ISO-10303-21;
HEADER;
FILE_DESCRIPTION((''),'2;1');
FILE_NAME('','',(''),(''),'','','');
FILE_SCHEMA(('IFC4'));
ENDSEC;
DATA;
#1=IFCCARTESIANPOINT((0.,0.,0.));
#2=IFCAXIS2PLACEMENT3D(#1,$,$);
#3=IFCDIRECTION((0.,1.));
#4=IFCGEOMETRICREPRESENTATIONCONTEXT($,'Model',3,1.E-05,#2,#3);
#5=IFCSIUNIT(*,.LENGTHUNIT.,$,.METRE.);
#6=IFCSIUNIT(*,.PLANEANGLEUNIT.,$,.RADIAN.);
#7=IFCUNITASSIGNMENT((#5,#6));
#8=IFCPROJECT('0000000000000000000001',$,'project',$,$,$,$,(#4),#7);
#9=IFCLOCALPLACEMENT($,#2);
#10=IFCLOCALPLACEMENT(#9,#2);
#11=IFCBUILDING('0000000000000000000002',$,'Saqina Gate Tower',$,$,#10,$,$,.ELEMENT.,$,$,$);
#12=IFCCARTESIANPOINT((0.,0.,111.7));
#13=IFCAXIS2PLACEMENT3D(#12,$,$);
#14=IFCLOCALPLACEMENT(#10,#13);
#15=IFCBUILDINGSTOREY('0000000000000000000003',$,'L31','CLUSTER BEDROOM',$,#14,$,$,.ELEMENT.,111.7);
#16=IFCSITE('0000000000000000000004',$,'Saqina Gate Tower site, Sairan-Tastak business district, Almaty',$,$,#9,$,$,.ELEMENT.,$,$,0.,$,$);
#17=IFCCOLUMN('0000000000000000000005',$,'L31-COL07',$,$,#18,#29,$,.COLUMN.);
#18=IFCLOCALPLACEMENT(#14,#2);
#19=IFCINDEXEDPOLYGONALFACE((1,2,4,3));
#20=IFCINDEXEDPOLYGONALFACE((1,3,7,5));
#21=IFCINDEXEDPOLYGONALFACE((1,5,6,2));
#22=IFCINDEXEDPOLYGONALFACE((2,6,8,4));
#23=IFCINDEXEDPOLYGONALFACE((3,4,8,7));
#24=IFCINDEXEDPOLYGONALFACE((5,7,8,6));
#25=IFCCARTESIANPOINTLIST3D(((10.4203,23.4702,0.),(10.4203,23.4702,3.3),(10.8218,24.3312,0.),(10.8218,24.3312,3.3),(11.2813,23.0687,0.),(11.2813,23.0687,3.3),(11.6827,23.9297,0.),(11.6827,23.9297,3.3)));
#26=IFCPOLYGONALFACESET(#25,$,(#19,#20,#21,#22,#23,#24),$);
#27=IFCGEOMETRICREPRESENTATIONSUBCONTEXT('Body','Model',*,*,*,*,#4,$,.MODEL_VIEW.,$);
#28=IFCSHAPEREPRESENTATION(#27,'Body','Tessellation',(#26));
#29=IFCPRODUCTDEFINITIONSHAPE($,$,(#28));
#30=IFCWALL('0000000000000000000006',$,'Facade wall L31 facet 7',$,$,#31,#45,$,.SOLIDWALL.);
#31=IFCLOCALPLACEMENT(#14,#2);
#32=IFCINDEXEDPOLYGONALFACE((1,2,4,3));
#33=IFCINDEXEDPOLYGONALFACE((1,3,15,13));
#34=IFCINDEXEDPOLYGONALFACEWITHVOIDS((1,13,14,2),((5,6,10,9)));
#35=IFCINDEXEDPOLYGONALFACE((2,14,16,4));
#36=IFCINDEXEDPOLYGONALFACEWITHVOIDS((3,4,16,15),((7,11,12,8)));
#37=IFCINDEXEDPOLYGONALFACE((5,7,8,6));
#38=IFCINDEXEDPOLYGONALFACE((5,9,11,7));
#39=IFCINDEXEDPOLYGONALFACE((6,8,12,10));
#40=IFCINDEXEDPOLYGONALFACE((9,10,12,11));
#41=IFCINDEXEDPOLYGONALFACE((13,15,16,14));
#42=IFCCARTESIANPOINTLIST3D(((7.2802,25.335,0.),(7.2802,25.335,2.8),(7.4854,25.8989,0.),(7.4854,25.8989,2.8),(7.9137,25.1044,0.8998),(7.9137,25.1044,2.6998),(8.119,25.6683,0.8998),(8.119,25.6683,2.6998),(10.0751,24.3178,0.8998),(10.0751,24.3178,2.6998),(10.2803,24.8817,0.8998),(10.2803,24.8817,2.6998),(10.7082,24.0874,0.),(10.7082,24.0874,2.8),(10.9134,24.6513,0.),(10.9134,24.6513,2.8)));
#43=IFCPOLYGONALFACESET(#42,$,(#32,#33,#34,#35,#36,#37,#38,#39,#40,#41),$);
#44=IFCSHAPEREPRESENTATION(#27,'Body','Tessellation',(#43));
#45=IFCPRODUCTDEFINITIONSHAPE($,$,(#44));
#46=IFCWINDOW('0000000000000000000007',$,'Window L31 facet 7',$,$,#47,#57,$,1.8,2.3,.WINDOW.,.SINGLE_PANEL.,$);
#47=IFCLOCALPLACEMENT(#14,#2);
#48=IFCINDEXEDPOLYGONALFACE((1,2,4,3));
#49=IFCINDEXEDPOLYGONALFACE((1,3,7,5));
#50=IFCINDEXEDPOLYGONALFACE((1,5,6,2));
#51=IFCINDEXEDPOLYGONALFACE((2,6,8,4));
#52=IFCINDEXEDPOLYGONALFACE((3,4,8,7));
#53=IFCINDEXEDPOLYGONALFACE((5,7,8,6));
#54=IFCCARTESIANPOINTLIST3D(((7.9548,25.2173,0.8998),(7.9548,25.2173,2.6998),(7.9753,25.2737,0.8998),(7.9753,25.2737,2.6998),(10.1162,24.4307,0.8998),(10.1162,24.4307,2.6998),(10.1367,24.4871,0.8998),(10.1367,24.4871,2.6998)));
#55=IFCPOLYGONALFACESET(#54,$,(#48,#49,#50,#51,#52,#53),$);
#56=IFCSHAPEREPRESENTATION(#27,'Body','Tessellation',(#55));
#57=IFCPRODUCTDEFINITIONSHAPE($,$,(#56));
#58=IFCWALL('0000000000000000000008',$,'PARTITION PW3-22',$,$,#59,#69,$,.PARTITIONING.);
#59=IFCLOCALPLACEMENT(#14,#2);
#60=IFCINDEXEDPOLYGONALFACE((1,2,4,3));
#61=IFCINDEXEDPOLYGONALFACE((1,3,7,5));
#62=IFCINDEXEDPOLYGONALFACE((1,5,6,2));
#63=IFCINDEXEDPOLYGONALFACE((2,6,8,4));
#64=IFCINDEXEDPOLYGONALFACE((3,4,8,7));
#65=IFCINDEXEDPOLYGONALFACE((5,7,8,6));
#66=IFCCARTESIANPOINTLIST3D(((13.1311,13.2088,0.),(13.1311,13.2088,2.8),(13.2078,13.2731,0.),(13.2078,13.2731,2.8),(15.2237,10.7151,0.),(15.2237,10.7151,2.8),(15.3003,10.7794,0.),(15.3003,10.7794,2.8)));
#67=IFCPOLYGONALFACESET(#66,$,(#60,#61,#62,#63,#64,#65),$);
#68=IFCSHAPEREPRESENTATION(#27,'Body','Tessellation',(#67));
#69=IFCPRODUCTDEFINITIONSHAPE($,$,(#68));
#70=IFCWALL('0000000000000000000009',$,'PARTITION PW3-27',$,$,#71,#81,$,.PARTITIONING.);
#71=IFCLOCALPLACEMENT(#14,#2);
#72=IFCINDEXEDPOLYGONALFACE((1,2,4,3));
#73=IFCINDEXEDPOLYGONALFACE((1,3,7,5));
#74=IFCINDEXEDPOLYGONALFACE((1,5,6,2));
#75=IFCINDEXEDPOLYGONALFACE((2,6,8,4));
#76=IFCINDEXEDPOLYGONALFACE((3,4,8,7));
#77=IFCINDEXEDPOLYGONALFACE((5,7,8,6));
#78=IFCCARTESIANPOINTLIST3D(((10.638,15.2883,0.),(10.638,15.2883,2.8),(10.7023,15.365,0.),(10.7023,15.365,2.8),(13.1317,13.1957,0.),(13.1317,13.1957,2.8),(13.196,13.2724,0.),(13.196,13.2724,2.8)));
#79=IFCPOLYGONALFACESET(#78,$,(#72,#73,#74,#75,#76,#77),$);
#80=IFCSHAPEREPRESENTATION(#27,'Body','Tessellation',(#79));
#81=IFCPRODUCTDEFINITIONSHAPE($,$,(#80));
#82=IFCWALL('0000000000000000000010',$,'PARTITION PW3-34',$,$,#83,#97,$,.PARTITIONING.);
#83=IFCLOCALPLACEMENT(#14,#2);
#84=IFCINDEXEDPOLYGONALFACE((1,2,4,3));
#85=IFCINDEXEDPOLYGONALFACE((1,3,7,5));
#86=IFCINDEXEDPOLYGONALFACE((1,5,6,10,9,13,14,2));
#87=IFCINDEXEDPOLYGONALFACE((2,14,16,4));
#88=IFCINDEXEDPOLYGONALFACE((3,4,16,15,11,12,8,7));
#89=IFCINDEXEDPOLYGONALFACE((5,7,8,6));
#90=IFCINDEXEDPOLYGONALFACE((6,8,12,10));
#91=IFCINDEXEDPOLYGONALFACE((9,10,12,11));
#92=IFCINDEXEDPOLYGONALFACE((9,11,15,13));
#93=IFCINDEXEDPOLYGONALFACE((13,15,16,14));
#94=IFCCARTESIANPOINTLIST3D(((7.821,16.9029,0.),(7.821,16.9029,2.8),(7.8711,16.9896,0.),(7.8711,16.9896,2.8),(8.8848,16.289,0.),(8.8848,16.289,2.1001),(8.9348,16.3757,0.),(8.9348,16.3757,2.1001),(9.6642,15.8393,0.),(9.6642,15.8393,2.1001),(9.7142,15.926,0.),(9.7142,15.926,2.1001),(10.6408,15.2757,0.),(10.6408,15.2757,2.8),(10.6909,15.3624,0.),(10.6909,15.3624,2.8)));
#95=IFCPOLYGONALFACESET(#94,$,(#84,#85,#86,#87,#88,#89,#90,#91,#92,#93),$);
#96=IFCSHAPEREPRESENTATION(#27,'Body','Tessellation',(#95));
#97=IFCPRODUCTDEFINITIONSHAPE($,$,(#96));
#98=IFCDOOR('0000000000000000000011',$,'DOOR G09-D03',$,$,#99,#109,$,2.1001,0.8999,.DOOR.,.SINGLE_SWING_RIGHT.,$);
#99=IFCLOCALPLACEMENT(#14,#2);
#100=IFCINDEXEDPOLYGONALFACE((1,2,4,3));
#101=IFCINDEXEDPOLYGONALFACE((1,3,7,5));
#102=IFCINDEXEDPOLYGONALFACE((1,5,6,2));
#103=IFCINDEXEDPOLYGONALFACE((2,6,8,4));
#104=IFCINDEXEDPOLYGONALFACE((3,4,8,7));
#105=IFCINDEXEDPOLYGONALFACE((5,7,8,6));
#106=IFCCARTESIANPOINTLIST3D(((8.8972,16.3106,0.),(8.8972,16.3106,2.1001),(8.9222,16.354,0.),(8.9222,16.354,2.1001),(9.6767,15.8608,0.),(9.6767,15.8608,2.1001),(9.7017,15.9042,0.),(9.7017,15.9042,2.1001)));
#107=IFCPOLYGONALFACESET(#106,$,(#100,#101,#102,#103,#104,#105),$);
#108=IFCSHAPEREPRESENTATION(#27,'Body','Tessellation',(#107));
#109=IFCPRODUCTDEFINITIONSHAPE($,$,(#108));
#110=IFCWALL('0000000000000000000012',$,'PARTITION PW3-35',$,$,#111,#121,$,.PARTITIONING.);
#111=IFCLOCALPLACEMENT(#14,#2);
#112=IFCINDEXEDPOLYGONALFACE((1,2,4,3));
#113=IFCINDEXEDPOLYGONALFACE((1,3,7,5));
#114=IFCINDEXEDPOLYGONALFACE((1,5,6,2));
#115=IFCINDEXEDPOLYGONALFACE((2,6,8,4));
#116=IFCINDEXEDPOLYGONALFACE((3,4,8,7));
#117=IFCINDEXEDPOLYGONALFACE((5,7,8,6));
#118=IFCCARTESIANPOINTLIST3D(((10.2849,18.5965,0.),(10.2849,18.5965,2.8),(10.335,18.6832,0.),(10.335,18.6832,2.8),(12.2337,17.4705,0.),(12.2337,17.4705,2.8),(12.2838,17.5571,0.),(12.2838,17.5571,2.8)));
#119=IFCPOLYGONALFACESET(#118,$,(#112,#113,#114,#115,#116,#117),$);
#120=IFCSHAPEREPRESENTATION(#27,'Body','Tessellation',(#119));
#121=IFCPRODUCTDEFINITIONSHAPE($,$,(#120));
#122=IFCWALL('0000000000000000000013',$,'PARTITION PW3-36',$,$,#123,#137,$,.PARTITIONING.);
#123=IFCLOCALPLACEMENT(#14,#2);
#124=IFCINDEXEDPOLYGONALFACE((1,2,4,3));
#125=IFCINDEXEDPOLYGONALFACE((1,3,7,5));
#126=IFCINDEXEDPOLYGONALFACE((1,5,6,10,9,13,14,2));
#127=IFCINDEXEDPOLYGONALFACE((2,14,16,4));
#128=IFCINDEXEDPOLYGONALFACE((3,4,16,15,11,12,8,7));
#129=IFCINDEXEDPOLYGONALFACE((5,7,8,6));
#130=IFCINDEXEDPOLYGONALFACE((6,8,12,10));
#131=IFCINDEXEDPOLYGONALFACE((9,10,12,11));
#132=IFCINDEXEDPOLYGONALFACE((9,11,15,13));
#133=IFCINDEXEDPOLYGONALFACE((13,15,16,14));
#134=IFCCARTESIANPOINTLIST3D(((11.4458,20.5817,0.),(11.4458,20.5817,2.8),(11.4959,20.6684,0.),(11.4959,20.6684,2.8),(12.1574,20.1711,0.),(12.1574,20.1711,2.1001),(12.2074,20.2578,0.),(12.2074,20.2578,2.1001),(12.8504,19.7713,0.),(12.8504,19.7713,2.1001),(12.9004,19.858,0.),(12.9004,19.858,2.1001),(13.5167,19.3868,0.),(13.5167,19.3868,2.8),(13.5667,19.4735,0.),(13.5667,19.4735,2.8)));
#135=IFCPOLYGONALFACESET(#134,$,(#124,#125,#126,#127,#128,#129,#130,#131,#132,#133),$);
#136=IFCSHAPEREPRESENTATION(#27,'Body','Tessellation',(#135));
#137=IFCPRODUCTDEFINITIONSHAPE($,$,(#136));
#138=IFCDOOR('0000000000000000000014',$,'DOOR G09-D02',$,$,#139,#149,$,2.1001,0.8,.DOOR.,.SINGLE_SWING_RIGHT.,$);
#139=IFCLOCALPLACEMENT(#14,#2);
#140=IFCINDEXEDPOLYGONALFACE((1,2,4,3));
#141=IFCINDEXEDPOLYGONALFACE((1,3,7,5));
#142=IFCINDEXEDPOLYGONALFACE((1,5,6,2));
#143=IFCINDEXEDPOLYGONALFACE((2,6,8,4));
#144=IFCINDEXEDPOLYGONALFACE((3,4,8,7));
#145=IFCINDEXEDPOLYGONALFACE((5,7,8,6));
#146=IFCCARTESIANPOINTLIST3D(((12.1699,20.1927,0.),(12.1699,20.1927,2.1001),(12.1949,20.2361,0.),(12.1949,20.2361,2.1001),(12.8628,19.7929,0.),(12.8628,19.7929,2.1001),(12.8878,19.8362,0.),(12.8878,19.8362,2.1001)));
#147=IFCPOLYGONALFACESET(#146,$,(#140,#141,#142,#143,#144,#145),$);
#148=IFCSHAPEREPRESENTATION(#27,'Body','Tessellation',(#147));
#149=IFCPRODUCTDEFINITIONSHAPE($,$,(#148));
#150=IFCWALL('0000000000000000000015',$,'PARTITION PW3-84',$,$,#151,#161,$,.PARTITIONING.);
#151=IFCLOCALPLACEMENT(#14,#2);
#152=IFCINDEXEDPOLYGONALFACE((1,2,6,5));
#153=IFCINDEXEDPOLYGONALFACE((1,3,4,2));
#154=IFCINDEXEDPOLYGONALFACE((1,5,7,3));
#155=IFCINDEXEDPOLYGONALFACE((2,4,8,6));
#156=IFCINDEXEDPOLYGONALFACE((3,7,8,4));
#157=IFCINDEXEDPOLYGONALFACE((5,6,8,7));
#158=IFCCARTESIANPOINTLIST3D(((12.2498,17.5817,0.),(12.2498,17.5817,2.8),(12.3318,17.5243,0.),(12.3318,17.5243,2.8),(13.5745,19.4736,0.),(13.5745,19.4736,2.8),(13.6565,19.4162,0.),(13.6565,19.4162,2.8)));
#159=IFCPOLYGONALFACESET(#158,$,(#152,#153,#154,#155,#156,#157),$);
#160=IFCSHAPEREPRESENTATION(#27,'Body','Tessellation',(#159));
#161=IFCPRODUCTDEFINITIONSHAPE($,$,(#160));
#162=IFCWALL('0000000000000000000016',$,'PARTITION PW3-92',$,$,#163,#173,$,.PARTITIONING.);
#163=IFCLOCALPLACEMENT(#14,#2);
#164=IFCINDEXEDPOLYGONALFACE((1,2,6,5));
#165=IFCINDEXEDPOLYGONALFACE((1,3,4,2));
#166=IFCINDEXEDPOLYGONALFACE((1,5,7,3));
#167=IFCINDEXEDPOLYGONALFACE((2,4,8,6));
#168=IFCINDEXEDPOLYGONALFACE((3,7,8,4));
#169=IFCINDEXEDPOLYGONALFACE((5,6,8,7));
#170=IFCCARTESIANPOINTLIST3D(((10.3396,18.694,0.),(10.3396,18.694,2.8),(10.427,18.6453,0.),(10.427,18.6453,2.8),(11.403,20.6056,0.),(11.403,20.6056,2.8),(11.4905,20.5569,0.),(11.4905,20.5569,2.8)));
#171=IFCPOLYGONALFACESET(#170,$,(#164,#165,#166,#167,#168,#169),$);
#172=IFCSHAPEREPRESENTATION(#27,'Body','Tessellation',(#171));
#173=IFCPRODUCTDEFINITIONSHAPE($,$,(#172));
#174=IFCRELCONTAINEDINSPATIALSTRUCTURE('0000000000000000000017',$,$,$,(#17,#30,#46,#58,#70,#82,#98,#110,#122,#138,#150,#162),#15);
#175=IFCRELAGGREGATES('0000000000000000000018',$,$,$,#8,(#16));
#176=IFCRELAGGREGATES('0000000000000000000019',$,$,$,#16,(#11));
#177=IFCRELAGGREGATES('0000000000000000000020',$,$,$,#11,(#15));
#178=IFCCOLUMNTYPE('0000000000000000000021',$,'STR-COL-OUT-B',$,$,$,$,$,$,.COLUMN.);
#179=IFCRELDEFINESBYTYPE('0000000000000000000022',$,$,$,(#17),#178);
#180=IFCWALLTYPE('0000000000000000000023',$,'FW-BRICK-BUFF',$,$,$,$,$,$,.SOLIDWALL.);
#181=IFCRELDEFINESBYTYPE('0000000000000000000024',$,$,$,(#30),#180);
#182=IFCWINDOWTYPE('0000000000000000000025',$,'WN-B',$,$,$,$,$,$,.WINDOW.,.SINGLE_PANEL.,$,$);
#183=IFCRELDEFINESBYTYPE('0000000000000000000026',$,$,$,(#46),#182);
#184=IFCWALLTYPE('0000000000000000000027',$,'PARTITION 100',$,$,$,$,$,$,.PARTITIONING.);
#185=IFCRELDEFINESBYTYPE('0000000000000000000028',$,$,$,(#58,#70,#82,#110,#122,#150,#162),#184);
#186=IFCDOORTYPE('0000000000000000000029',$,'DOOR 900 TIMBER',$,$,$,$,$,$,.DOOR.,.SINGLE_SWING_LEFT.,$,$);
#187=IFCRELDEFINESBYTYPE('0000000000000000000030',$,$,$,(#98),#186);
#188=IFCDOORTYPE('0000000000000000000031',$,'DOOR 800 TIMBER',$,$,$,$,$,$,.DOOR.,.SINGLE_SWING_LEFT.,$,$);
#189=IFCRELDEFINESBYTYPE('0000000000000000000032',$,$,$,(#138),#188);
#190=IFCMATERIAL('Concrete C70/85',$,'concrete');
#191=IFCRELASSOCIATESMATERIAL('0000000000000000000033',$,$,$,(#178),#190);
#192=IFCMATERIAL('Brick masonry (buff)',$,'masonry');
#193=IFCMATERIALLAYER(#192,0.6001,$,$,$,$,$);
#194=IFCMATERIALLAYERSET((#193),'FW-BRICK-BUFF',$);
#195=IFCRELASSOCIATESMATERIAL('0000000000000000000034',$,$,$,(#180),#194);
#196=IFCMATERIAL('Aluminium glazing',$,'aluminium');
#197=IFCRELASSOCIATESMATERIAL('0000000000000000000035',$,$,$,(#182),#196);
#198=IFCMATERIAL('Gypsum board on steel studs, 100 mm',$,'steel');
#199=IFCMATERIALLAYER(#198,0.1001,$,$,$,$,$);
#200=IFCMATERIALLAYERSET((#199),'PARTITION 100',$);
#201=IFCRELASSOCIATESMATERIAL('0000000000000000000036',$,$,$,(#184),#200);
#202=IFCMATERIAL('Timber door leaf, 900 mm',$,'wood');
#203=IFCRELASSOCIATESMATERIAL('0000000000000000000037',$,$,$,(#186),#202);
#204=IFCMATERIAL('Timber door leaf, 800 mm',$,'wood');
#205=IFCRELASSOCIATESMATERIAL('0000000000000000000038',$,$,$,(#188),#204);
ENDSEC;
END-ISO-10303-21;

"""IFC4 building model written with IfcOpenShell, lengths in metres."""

from ifc_helpers import new_model, si_unit, direction, frame, frame_2d, origin, origin_2d, place, context, subcontext, project, spatial, rectangle, extrude, material, layer, layer_set, material_profile, profile_set, type_object, element, fill, save


model = new_model("IFC4")

# Units and contexts
model_context = context("Model", 3, precision=1e-05, world=origin(), true_north=direction((0.0, 1.0)))
body_context = subcontext(model_context, "Body", "Model", "MODEL_VIEW")
ifc_project = project(units=[si_unit("LENGTHUNIT", "METRE"), si_unit("PLANEANGLEUNIT", "RADIAN")], contexts=[model_context])

# Site, building, storey
site_placement = place(None, origin())
site = spatial("IfcSite", under=ifc_project, at=site_placement, Name="Saqina Gate Tower site, Sairan-Tastak business district, Almaty", CompositionType="ELEMENT", RefElevation=0.0)
building_placement = place(site_placement, origin())
building = spatial("IfcBuilding", under=site, at=building_placement, Name="Saqina Gate Tower", CompositionType="ELEMENT")
storey_placement = place(building_placement, frame((0.0, 0.0, 111.7)))
storey = spatial("IfcBuildingStorey", under=building, at=storey_placement, Name="L31", Description="CLUSTER BEDROOM", CompositionType="ELEMENT", Elevation=111.7)

# Column
ifc_material_1 = material(Name="Concrete C70/85", Category="concrete")
ifc_material_profile = material_profile(ifc_material_1, rectangle(XDim=0.95, YDim=0.95, at=origin_2d()), Name="RC 950x950")
ifc_profile_set = profile_set([ifc_material_profile], Name="Concrete C70/85")
column_type = type_object("IfcColumnType", Name="STR-COL-OUT-B", PredefinedType="COLUMN", material=ifc_profile_set)
column_placement = place(storey_placement, frame((11.0515, 23.7, 0.0), z_axis=(0.0, 0.0, 1.0), x_axis=(0.422618, 0.906308, 0.0)))
element("IfcColumn", 1, at=column_placement, inside=storey, type_object=column_type, Name="L31-COL07", PredefinedType="COLUMN", context=body_context, shape_type="SweptSolid", body=[
    extrude(rectangle(XDim=0.95, YDim=0.95, at=origin_2d()), origin(), (0.0, 0.0, 1.0), 3.3),
])

# Wall, opening, window
ifc_material_2 = material(Name="Brick masonry (buff)", Category="masonry")
ifc_layer_1 = layer(ifc_material_2, 0.6001)
ifc_layer_set_1 = layer_set([ifc_layer_1], Name="FW-BRICK-BUFF")
wall_type_1 = type_object("IfcWallType", Name="FW-BRICK-BUFF", PredefinedType="SOLIDWALL", material=ifc_layer_set_1)
wall_1_placement = place(storey_placement, frame((10.8108, 24.3694, 0.0), z_axis=(0.0, 0.0, 1.0), x_axis=(-0.939704, 0.34199, 0.0)))
wall_1 = element("IfcWall", 2, at=wall_1_placement, inside=storey, type_object=wall_type_1, Name="Facade wall L31 facet 7", PredefinedType="SOLIDWALL", context=body_context, shape_type="SweptSolid", body=[
    extrude(rectangle(XDim=3.6479, YDim=0.6001, at=frame_2d((1.824, 0.0))), origin(), (0.0, 0.0, 1.0), 2.8),
])
opening_1_placement = place(wall_1_placement, frame((0.6738, 0.0, 0.8999)))
opening_1 = element("IfcOpeningElement", 3, at=opening_1_placement, cuts=wall_1, PredefinedType="OPENING", context=body_context, shape_type="SweptSolid", body=[
    extrude(rectangle(XDim=2.3, YDim=1.8, at=frame_2d((1.1499, 0.8999))), frame((0.0, 0.312, 0.0), z_axis=(0.0, -1.0, 0.0), x_axis=(1.0, 0.0, 0.0)), (0.0, 0.0, 1.0), 0.624),
])
ifc_material_3 = material(Name="Aluminium glazing", Category="aluminium")
window_type = type_object("IfcWindowType", Name="WN-B", PartitioningType="SINGLE_PANEL", PredefinedType="WINDOW", material=ifc_material_3)
window_placement = place(opening_1_placement, origin())
window = element("IfcWindow", 4, at=window_placement, inside=storey, type_object=window_type, Name="Window L31 facet 7", OverallHeight=1.8, OverallWidth=2.3, PartitioningType="SINGLE_PANEL", PredefinedType="WINDOW", context=body_context, shape_type="SweptSolid", body=[
    extrude(rectangle(XDim=2.3, YDim=1.8, at=frame_2d((1.1499, 0.8999))), frame((0.0, 0.1799, 0.0), z_axis=(0.0, -1.0, 0.0), x_axis=(1.0, 0.0, 0.0)), (0.0, 0.0, 1.0), 0.0601),
])
fill(opening_1, window)

# Walls
ifc_material_4 = material(Name="Gypsum board on steel studs, 100 mm", Category="steel")
ifc_layer_2 = layer(ifc_material_4, 0.1001)
ifc_layer_set_2 = layer_set([ifc_layer_2], Name="PARTITION 100")
wall_type_2 = type_object("IfcWallType", Name="PARTITION 100", PredefinedType="PARTITIONING", material=ifc_layer_set_2)
for number, where, z_axis, x_axis, name in (
    (5, (13.1694, 13.241, 0.0), (0.0, 0.0, 1.0), (0.642807, -0.766028, 0.0), "PARTITION PW3-22"),
    (6, (10.6702, 15.3267, 0.0), (0.0, 0.0, 1.0), (0.766028, -0.642807, 0.0), "PARTITION PW3-27"),
):
    element("IfcWall", number, at=place(storey_placement, frame(where, z_axis=z_axis, x_axis=x_axis)), inside=storey, type_object=wall_type_2, Name=name, PredefinedType="PARTITIONING", context=body_context, shape_type="SweptSolid", body=[
        extrude(rectangle(XDim=3.2554, YDim=0.1001, at=frame_2d((1.6277, 0.0))), origin(), (0.0, 0.0, 1.0), 2.8),
    ])

# Wall, opening, door
wall_2_placement = place(storey_placement, frame((7.8459, 16.9463, 0.0), z_axis=(0.0, 0.0, 1.0), x_axis=(0.866136, -0.499809, 0.0)))
wall_2 = element("IfcWall", 7, at=wall_2_placement, inside=storey, type_object=wall_type_2, Name="PARTITION PW3-34", PredefinedType="PARTITIONING", context=body_context, shape_type="SweptSolid", body=[
    extrude(rectangle(XDim=3.2556, YDim=0.1001, at=frame_2d((1.6279, 0.0))), origin(), (0.0, 0.0, 1.0), 2.8),
])
opening_2_placement = place(wall_2_placement, frame((1.2283, 0.0, 0.0)))
opening_2 = element("IfcOpeningElement", 8, at=opening_2_placement, cuts=wall_2, PredefinedType="OPENING", context=body_context, shape_type="SweptSolid", body=[
    extrude(rectangle(XDim=0.8999, YDim=2.1001, at=frame_2d((0.45, 1.05))), frame((0.0, 0.062, 0.0), z_axis=(0.0, -1.0, 0.0), x_axis=(1.0, 0.0, 0.0)), (0.0, 0.0, 1.0), 0.124),
])
ifc_material_5 = material(Name="Timber door leaf, 900 mm", Category="wood")
door_type_1 = type_object("IfcDoorType", Name="DOOR 900 TIMBER", OperationType="SINGLE_SWING_LEFT", PredefinedType="DOOR", material=ifc_material_5)
door_1_placement = place(opening_2_placement, origin())
door_1 = element("IfcDoor", 9, at=door_1_placement, inside=storey, type_object=door_type_1, Name="DOOR G09-D03", OperationType="SINGLE_SWING_RIGHT", OverallHeight=2.1001, OverallWidth=0.8999, PredefinedType="DOOR", context=body_context, shape_type="SweptSolid", body=[
    extrude(rectangle(XDim=0.8999, YDim=2.1001, at=frame_2d((0.45, 1.05))), frame((0.0, 0.0249, 0.0), z_axis=(0.0, -1.0, 0.0), x_axis=(1.0, 0.0, 0.0)), (0.0, 0.0, 1.0), 0.05),
])
fill(opening_2, door_1)

# Wall
wall_3_placement = place(storey_placement, frame((10.3098, 18.6399, 0.0), z_axis=(0.0, 0.0, 1.0), x_axis=(0.865857, -0.500292, 0.0)))
element("IfcWall", 10, at=wall_3_placement, inside=storey, type_object=wall_type_2, Name="PARTITION PW3-35", PredefinedType="PARTITIONING", context=body_context, shape_type="SweptSolid", body=[
    extrude(rectangle(XDim=2.2507, YDim=0.1001, at=frame_2d((1.1255, 0.0))), origin(), (0.0, 0.0, 1.0), 2.8),
])

# Wall, opening, door
wall_4_placement = place(storey_placement, frame((11.4709, 20.625, 0.0), z_axis=(0.0, 0.0, 1.0), x_axis=(0.866162, -0.499764, 0.0)))
wall_4 = element("IfcWall", 11, at=wall_4_placement, inside=storey, type_object=wall_type_2, Name="PARTITION PW3-36", PredefinedType="PARTITIONING", context=body_context, shape_type="SweptSolid", body=[
    extrude(rectangle(XDim=2.3909, YDim=0.1001, at=frame_2d((1.1953, 0.0))), origin(), (0.0, 0.0, 1.0), 2.8),
])
opening_3_placement = place(wall_4_placement, frame((0.8215, 0.0, 0.0)))
opening_3 = element("IfcOpeningElement", 12, at=opening_3_placement, cuts=wall_4, PredefinedType="OPENING", context=body_context, shape_type="SweptSolid", body=[
    extrude(rectangle(XDim=0.8, YDim=2.1001, at=frame_2d((0.3999, 1.05))), frame((0.0, 0.062, 0.0), z_axis=(0.0, -1.0, 0.0), x_axis=(1.0, 0.0, 0.0)), (0.0, 0.0, 1.0), 0.124),
])
ifc_material_6 = material(Name="Timber door leaf, 800 mm", Category="wood")
door_type_2 = type_object("IfcDoorType", Name="DOOR 800 TIMBER", OperationType="SINGLE_SWING_LEFT", PredefinedType="DOOR", material=ifc_material_6)
door_2_placement = place(opening_3_placement, origin())
door_2 = element("IfcDoor", 13, at=door_2_placement, inside=storey, type_object=door_type_2, Name="DOOR G09-D02", OperationType="SINGLE_SWING_RIGHT", OverallHeight=2.1001, OverallWidth=0.8, PredefinedType="DOOR", context=body_context, shape_type="SweptSolid", body=[
    extrude(rectangle(XDim=0.8, YDim=2.1001, at=frame_2d((0.3999, 1.05))), frame((0.0, 0.0249, 0.0), z_axis=(0.0, -1.0, 0.0), x_axis=(1.0, 0.0, 0.0)), (0.0, 0.0, 1.0), 0.05),
])
fill(opening_3, door_2)

# Walls
wall_5_placement = place(storey_placement, frame((12.2908, 17.553, 0.0), z_axis=(0.0, 0.0, 1.0), x_axis=(0.573583, 0.819147, 0.0)))
element("IfcWall", 14, at=wall_5_placement, inside=storey, type_object=wall_type_2, Name="PARTITION PW3-84", PredefinedType="PARTITIONING", context=body_context, shape_type="SweptSolid", body=[
    extrude(rectangle(XDim=2.3096, YDim=0.1001, at=frame_2d((1.1548, 0.0))), origin(), (0.0, 0.0, 1.0), 2.8),
])
wall_6_placement = place(storey_placement, frame((10.3833, 18.6697, 0.0), z_axis=(0.0, 0.0, 1.0), x_axis=(0.486155, 0.873873, 0.0)))
element("IfcWall", 15, at=wall_6_placement, inside=storey, type_object=wall_type_2, Name="PARTITION PW3-92", PredefinedType="PARTITIONING", context=body_context, shape_type="SweptSolid", body=[
    extrude(rectangle(XDim=2.1875, YDim=0.1001, at=frame_2d((1.0938, 0.0))), origin(), (0.0, 0.0, 1.0), 2.8),
])

save(model, "model.ifc")
